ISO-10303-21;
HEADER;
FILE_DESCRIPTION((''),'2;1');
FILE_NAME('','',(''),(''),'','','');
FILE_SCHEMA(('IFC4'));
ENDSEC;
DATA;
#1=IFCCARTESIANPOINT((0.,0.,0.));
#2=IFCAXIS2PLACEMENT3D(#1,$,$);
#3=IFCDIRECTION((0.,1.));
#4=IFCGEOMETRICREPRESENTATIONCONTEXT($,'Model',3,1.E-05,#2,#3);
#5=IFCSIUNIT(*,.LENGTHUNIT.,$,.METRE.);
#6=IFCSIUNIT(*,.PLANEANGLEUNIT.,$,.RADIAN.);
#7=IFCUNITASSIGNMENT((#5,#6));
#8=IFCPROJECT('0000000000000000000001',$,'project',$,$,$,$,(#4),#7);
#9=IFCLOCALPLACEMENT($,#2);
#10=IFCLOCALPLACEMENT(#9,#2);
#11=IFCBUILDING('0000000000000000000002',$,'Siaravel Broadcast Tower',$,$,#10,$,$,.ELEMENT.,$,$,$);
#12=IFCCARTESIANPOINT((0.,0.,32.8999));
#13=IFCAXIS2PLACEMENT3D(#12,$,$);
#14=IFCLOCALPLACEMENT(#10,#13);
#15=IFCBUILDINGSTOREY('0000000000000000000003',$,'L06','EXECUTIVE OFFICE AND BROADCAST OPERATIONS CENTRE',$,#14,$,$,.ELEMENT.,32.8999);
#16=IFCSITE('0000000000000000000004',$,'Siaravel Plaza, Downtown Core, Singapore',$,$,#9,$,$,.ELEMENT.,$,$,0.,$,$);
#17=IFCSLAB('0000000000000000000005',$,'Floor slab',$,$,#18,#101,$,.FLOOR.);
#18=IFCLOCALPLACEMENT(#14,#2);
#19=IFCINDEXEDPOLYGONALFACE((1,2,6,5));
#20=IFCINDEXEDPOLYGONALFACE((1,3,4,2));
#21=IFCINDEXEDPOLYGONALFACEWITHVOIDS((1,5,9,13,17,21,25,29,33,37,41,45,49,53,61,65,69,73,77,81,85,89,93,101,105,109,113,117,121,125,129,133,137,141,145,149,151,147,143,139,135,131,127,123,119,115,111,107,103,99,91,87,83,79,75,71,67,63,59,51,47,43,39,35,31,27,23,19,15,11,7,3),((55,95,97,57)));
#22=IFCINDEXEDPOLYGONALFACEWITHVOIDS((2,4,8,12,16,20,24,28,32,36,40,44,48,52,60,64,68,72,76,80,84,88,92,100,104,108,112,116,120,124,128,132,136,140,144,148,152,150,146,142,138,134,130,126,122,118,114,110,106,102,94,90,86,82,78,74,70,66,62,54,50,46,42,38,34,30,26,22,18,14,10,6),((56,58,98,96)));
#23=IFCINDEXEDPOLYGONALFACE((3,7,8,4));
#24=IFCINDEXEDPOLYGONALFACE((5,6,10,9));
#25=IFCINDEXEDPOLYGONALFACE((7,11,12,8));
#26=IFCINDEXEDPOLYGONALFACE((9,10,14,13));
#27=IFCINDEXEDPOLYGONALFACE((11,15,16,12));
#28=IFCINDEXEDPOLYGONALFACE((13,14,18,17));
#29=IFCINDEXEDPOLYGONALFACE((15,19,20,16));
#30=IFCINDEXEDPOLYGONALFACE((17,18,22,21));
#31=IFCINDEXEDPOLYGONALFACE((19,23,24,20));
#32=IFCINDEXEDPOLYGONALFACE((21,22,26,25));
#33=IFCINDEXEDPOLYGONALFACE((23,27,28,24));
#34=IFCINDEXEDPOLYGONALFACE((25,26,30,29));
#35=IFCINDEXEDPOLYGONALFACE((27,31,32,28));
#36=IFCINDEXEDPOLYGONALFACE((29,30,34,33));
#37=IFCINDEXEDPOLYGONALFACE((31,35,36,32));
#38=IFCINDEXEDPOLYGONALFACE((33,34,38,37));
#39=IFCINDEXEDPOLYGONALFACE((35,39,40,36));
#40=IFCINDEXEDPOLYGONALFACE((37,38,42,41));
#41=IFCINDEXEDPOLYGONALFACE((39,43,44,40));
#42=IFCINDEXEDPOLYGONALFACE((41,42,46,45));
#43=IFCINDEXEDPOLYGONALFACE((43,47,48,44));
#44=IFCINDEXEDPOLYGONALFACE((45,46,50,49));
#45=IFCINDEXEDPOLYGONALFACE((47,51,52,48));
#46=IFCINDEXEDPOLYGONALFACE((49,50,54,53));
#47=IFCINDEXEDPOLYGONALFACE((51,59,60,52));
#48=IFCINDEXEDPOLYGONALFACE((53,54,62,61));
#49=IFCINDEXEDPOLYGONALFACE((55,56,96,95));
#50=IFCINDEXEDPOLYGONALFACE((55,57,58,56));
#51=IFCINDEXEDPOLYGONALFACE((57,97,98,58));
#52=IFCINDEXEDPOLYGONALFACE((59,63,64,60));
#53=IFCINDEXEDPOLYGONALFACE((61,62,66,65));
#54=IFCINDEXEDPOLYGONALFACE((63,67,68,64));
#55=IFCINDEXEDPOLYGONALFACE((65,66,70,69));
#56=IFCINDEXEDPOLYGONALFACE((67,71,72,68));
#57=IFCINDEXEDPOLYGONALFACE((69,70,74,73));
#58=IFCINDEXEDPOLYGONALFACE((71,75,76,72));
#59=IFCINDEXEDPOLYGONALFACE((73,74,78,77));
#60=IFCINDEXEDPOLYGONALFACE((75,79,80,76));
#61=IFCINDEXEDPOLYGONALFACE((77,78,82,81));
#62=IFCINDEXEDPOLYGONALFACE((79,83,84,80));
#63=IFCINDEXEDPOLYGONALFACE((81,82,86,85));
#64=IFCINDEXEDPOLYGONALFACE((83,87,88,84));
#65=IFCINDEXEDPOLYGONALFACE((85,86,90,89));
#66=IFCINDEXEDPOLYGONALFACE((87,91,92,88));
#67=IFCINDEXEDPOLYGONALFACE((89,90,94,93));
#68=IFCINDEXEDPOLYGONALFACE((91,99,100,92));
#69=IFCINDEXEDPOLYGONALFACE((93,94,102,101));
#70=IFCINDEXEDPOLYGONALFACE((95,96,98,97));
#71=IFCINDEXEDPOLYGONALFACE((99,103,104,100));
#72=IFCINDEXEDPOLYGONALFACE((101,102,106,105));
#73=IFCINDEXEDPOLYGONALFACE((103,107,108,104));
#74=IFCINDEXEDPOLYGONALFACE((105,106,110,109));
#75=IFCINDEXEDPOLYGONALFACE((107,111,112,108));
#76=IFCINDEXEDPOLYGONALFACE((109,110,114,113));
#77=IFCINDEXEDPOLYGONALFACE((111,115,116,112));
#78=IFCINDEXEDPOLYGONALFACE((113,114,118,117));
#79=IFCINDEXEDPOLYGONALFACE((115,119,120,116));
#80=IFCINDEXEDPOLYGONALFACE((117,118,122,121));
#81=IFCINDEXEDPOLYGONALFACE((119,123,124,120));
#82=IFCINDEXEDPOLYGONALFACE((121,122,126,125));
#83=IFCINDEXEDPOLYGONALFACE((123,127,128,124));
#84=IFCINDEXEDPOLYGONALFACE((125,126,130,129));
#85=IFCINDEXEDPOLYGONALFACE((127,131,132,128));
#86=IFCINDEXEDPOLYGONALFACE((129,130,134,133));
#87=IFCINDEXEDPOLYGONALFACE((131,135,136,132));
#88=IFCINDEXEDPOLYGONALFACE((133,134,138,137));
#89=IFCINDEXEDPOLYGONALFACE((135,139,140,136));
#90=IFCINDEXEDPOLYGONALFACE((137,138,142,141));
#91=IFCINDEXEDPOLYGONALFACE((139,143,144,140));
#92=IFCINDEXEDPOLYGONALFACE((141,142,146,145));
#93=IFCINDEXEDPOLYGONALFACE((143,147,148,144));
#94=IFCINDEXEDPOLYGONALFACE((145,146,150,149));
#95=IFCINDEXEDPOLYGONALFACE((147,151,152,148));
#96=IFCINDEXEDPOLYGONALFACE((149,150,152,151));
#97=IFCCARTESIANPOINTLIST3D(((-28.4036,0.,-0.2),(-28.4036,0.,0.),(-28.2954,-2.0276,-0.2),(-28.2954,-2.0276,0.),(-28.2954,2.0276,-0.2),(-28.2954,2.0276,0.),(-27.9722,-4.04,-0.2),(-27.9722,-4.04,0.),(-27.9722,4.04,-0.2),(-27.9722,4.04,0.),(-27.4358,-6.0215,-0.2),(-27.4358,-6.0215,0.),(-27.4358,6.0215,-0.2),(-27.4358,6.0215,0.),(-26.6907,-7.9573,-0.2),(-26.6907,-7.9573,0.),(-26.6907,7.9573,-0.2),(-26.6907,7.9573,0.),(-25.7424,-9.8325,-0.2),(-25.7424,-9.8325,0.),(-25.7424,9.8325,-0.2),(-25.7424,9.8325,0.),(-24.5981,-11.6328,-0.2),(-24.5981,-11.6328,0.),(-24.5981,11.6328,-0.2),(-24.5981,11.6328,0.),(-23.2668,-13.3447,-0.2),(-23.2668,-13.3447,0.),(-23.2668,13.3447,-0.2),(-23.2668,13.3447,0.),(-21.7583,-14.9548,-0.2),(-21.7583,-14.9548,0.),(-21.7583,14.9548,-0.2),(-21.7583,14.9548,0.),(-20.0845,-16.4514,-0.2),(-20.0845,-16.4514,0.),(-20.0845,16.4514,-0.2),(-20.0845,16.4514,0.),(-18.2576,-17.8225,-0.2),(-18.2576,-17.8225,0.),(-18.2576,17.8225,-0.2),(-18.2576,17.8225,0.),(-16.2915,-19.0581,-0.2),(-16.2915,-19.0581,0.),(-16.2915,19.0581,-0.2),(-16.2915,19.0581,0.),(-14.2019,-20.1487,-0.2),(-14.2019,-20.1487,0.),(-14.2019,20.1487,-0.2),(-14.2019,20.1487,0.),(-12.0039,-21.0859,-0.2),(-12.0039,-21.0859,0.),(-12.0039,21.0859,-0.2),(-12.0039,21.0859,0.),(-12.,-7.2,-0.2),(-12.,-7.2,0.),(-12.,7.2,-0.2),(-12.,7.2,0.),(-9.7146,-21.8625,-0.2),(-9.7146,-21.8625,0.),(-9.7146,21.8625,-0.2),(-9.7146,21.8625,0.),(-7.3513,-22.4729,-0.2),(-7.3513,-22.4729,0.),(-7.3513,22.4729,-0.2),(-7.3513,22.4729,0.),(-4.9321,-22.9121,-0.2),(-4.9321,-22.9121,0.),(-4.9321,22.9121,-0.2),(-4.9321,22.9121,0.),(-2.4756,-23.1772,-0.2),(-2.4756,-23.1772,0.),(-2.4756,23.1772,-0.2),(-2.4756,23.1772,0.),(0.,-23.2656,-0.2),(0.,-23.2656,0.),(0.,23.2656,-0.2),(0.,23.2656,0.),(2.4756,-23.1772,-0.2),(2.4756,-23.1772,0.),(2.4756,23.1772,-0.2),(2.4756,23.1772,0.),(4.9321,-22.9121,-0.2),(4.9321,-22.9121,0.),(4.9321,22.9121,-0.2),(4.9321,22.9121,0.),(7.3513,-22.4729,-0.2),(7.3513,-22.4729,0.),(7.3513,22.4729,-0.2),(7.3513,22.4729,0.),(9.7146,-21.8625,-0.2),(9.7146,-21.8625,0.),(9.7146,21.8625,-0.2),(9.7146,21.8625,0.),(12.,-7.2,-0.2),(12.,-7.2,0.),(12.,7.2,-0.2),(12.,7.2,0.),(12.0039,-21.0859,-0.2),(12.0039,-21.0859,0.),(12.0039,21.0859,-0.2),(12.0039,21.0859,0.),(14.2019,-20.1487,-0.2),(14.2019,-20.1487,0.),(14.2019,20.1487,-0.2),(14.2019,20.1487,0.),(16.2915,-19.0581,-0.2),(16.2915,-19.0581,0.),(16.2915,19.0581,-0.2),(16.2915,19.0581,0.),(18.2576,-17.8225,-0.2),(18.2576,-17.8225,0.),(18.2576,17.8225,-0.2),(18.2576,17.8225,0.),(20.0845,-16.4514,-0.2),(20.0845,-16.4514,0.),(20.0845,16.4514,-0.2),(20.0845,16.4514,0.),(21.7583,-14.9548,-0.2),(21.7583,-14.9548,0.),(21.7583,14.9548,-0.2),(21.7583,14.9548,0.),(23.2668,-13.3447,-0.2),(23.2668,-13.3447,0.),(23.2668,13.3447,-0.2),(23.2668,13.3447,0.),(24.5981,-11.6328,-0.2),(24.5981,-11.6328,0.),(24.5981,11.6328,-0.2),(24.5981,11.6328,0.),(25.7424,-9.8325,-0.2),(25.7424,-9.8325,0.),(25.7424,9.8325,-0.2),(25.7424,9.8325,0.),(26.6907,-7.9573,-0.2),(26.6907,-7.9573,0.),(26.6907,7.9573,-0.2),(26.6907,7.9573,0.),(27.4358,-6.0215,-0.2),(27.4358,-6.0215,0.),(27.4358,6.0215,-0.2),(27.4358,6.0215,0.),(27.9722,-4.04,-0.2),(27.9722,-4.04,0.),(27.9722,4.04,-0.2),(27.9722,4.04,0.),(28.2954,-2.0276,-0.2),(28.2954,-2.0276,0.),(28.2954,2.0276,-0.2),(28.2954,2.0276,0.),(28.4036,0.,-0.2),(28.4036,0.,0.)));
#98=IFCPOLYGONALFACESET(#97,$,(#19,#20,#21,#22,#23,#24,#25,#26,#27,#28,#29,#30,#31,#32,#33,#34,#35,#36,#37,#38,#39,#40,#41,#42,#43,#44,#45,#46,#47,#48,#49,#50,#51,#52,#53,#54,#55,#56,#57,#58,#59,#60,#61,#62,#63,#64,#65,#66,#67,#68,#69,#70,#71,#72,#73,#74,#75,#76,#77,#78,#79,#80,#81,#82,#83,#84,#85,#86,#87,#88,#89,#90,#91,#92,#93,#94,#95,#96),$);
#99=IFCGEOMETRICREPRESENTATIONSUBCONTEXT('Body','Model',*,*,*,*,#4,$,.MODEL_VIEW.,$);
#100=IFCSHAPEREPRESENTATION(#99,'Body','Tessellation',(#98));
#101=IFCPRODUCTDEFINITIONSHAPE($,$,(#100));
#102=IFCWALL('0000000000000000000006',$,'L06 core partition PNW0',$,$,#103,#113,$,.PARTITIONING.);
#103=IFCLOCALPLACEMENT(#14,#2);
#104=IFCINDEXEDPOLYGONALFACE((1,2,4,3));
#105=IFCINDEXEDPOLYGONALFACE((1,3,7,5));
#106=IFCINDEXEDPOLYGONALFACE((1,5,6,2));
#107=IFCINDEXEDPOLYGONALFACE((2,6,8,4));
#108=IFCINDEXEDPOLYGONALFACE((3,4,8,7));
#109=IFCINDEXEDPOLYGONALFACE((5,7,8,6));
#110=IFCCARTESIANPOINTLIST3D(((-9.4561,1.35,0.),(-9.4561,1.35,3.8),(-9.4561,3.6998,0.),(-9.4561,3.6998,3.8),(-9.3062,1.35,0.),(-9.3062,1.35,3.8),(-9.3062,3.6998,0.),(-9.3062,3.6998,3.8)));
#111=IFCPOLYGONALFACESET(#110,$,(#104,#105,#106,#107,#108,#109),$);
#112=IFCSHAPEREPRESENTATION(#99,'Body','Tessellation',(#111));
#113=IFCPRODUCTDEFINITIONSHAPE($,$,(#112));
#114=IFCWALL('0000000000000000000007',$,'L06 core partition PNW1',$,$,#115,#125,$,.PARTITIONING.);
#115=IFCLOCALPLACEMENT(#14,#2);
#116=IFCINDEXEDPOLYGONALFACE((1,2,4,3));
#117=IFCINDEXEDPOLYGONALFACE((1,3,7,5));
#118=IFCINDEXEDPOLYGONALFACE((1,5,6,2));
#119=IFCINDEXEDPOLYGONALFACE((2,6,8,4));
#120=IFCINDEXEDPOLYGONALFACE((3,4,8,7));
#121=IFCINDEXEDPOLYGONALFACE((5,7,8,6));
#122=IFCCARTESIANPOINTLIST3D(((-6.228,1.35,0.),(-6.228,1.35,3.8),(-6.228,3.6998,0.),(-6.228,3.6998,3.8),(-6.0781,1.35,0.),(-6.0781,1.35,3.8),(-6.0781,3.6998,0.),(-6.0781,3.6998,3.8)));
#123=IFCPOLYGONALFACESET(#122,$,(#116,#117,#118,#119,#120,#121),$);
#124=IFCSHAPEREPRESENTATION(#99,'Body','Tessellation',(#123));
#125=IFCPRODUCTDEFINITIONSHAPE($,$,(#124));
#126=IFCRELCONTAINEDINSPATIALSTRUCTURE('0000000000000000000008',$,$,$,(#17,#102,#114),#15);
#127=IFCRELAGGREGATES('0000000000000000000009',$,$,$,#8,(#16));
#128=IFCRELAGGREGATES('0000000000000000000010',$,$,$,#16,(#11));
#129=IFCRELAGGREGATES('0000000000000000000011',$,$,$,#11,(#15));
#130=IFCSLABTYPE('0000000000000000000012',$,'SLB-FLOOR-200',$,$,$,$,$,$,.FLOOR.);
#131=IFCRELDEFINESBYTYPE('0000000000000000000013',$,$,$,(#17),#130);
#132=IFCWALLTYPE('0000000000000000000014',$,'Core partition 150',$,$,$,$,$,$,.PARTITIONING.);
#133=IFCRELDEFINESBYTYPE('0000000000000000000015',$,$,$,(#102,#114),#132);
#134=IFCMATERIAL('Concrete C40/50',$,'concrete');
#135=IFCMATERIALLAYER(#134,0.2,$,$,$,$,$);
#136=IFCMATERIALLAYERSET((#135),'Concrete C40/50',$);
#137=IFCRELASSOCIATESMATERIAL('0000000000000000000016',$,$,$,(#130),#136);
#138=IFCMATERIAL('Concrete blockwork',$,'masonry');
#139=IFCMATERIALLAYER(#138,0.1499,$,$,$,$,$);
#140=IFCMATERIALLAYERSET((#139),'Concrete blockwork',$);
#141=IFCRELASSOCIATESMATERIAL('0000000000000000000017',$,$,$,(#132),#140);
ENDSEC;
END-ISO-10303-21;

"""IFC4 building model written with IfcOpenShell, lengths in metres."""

from ifc_helpers import new_model, si_unit, direction, frame, frame_2d, origin, place, context, subcontext, project, spatial, polyline, rectangle, outline, extrude, material, layer, layer_set, type_object, element, save


model = new_model("IFC4")

# Units and contexts
model_context = context("Model", 3, precision=1e-05, world=origin(), true_north=direction((0.0, 1.0)))
body_context = subcontext(model_context, "Body", "Model", "MODEL_VIEW")
ifc_project = project(units=[si_unit("LENGTHUNIT", "METRE"), si_unit("PLANEANGLEUNIT", "RADIAN")], contexts=[model_context])

# Site, building, storey
site_placement = place(None, origin())
site = spatial("IfcSite", under=ifc_project, at=site_placement, Name="Siaravel Plaza, Downtown Core, Singapore", CompositionType="ELEMENT", RefElevation=0.0)
building_placement = place(site_placement, origin())
building = spatial("IfcBuilding", under=site, at=building_placement, Name="Siaravel Broadcast Tower", CompositionType="ELEMENT")
storey_placement = place(building_placement, frame((0.0, 0.0, 32.8999)))
storey = spatial("IfcBuildingStorey", under=building, at=storey_placement, Name="L06", Description="EXECUTIVE OFFICE AND BROADCAST OPERATIONS CENTRE", CompositionType="ELEMENT", Elevation=32.8999)

# Slab
ifc_material_1 = material(Name="Concrete C40/50", Category="concrete")
ifc_layer_1 = layer(ifc_material_1, 0.2)
ifc_layer_set_1 = layer_set([ifc_layer_1], Name="Concrete C40/50")
slab_type = type_object("IfcSlabType", Name="SLB-FLOOR-200", PredefinedType="FLOOR", material=ifc_layer_set_1)
slab_placement = place(storey_placement, frame((0.0, 0.0, -0.2)))
element("IfcSlab", 1, at=slab_placement, inside=storey, type_object=slab_type, Name="Floor slab", PredefinedType="FLOOR", context=body_context, shape_type="SweptSolid", body=[
    extrude(outline(polyline([(28.4036, 0.0), (28.2954, 2.0276), (27.9722, 4.04), (27.4358, 6.0215), (26.6907, 7.9573), (25.7424, 9.8325), (24.5981, 11.6328), (23.2668, 13.3447), (21.7583, 14.9548), (20.0845, 16.4514), (18.2576, 17.8225), (16.2915, 19.0581), (14.2019, 20.1487), (12.0039, 21.0859), (9.7146, 21.8625), (7.3513, 22.4729), (4.9321, 22.9121), (2.4756, 23.1772), (0.0, 23.2656), (-2.4756, 23.1772), (-4.9321, 22.9121), (-7.3513, 22.4729), (-9.7146, 21.8625), (-12.0039, 21.0859), (-14.2019, 20.1487), (-16.2915, 19.0581), (-18.2576, 17.8225), (-20.0845, 16.4514), (-21.7583, 14.9548), (-23.2668, 13.3447), (-24.5981, 11.6328), (-25.7424, 9.8325), (-26.6907, 7.9573), (-27.4358, 6.0215), (-27.9722, 4.04), (-28.2954, 2.0276), (-28.4036, 0.0), (-28.2954, -2.0276), (-27.9722, -4.04), (-27.4358, -6.0215), (-26.6907, -7.9573), (-25.7424, -9.8325), (-24.5981, -11.6328), (-23.2668, -13.3447), (-21.7583, -14.9548), (-20.0845, -16.4514), (-18.2576, -17.8225), (-16.2915, -19.0581), (-14.2019, -20.1487), (-12.0039, -21.0859), (-9.7146, -21.8625), (-7.3513, -22.4729), (-4.9321, -22.9121), (-2.4756, -23.1772), (0.0, -23.2656), (2.4756, -23.1772), (4.9321, -22.9121), (7.3513, -22.4729), (9.7146, -21.8625), (12.0039, -21.0859), (14.2019, -20.1487), (16.2915, -19.0581), (18.2576, -17.8225), (20.0845, -16.4514), (21.7583, -14.9548), (23.2668, -13.3447), (24.5981, -11.6328), (25.7424, -9.8325), (26.6907, -7.9573), (27.4358, -6.0215), (27.9722, -4.04), (28.2954, -2.0276), (28.4036, 0.0)]), holes=[polyline([(-12.0, 7.2), (12.0, 7.2), (12.0, -7.2), (-12.0, -7.2), (-12.0, 7.2)])]), origin(), (0.0, 0.0, 1.0), 0.2),
])

# Walls
ifc_material_2 = material(Name="Concrete blockwork", Category="masonry")
ifc_layer_2 = layer(ifc_material_2, 0.1499)
ifc_layer_set_2 = layer_set([ifc_layer_2], Name="Concrete blockwork")
wall_type_1 = type_object("IfcWallType", Name="Core partition 150", PredefinedType="PARTITIONING", material=ifc_layer_set_2)
for number, where, z_axis, x_axis, name in (
    (2, (-9.3811, 1.3501, 0.0), (0.0, 0.0, 1.0), (0.0, 1.0, 0.0), "L06 core partition PNW0"),
    (3, (-6.1531, 1.3501, 0.0), (0.0, 0.0, 1.0), (0.0, 1.0, 0.0), "L06 core partition PNW1"),
):
    element("IfcWall", number, at=place(storey_placement, frame(where, z_axis=z_axis, x_axis=x_axis)), inside=storey, type_object=wall_type_1, Name=name, PredefinedType="PARTITIONING", context=body_context, shape_type="SweptSolid", body=[
        extrude(rectangle(XDim=2.3499, YDim=0.1499, at=frame_2d((1.1748, 0.0))), origin(), (0.0, 0.0, 1.0), 3.8),
    ])

save(model, "model.ifc")
